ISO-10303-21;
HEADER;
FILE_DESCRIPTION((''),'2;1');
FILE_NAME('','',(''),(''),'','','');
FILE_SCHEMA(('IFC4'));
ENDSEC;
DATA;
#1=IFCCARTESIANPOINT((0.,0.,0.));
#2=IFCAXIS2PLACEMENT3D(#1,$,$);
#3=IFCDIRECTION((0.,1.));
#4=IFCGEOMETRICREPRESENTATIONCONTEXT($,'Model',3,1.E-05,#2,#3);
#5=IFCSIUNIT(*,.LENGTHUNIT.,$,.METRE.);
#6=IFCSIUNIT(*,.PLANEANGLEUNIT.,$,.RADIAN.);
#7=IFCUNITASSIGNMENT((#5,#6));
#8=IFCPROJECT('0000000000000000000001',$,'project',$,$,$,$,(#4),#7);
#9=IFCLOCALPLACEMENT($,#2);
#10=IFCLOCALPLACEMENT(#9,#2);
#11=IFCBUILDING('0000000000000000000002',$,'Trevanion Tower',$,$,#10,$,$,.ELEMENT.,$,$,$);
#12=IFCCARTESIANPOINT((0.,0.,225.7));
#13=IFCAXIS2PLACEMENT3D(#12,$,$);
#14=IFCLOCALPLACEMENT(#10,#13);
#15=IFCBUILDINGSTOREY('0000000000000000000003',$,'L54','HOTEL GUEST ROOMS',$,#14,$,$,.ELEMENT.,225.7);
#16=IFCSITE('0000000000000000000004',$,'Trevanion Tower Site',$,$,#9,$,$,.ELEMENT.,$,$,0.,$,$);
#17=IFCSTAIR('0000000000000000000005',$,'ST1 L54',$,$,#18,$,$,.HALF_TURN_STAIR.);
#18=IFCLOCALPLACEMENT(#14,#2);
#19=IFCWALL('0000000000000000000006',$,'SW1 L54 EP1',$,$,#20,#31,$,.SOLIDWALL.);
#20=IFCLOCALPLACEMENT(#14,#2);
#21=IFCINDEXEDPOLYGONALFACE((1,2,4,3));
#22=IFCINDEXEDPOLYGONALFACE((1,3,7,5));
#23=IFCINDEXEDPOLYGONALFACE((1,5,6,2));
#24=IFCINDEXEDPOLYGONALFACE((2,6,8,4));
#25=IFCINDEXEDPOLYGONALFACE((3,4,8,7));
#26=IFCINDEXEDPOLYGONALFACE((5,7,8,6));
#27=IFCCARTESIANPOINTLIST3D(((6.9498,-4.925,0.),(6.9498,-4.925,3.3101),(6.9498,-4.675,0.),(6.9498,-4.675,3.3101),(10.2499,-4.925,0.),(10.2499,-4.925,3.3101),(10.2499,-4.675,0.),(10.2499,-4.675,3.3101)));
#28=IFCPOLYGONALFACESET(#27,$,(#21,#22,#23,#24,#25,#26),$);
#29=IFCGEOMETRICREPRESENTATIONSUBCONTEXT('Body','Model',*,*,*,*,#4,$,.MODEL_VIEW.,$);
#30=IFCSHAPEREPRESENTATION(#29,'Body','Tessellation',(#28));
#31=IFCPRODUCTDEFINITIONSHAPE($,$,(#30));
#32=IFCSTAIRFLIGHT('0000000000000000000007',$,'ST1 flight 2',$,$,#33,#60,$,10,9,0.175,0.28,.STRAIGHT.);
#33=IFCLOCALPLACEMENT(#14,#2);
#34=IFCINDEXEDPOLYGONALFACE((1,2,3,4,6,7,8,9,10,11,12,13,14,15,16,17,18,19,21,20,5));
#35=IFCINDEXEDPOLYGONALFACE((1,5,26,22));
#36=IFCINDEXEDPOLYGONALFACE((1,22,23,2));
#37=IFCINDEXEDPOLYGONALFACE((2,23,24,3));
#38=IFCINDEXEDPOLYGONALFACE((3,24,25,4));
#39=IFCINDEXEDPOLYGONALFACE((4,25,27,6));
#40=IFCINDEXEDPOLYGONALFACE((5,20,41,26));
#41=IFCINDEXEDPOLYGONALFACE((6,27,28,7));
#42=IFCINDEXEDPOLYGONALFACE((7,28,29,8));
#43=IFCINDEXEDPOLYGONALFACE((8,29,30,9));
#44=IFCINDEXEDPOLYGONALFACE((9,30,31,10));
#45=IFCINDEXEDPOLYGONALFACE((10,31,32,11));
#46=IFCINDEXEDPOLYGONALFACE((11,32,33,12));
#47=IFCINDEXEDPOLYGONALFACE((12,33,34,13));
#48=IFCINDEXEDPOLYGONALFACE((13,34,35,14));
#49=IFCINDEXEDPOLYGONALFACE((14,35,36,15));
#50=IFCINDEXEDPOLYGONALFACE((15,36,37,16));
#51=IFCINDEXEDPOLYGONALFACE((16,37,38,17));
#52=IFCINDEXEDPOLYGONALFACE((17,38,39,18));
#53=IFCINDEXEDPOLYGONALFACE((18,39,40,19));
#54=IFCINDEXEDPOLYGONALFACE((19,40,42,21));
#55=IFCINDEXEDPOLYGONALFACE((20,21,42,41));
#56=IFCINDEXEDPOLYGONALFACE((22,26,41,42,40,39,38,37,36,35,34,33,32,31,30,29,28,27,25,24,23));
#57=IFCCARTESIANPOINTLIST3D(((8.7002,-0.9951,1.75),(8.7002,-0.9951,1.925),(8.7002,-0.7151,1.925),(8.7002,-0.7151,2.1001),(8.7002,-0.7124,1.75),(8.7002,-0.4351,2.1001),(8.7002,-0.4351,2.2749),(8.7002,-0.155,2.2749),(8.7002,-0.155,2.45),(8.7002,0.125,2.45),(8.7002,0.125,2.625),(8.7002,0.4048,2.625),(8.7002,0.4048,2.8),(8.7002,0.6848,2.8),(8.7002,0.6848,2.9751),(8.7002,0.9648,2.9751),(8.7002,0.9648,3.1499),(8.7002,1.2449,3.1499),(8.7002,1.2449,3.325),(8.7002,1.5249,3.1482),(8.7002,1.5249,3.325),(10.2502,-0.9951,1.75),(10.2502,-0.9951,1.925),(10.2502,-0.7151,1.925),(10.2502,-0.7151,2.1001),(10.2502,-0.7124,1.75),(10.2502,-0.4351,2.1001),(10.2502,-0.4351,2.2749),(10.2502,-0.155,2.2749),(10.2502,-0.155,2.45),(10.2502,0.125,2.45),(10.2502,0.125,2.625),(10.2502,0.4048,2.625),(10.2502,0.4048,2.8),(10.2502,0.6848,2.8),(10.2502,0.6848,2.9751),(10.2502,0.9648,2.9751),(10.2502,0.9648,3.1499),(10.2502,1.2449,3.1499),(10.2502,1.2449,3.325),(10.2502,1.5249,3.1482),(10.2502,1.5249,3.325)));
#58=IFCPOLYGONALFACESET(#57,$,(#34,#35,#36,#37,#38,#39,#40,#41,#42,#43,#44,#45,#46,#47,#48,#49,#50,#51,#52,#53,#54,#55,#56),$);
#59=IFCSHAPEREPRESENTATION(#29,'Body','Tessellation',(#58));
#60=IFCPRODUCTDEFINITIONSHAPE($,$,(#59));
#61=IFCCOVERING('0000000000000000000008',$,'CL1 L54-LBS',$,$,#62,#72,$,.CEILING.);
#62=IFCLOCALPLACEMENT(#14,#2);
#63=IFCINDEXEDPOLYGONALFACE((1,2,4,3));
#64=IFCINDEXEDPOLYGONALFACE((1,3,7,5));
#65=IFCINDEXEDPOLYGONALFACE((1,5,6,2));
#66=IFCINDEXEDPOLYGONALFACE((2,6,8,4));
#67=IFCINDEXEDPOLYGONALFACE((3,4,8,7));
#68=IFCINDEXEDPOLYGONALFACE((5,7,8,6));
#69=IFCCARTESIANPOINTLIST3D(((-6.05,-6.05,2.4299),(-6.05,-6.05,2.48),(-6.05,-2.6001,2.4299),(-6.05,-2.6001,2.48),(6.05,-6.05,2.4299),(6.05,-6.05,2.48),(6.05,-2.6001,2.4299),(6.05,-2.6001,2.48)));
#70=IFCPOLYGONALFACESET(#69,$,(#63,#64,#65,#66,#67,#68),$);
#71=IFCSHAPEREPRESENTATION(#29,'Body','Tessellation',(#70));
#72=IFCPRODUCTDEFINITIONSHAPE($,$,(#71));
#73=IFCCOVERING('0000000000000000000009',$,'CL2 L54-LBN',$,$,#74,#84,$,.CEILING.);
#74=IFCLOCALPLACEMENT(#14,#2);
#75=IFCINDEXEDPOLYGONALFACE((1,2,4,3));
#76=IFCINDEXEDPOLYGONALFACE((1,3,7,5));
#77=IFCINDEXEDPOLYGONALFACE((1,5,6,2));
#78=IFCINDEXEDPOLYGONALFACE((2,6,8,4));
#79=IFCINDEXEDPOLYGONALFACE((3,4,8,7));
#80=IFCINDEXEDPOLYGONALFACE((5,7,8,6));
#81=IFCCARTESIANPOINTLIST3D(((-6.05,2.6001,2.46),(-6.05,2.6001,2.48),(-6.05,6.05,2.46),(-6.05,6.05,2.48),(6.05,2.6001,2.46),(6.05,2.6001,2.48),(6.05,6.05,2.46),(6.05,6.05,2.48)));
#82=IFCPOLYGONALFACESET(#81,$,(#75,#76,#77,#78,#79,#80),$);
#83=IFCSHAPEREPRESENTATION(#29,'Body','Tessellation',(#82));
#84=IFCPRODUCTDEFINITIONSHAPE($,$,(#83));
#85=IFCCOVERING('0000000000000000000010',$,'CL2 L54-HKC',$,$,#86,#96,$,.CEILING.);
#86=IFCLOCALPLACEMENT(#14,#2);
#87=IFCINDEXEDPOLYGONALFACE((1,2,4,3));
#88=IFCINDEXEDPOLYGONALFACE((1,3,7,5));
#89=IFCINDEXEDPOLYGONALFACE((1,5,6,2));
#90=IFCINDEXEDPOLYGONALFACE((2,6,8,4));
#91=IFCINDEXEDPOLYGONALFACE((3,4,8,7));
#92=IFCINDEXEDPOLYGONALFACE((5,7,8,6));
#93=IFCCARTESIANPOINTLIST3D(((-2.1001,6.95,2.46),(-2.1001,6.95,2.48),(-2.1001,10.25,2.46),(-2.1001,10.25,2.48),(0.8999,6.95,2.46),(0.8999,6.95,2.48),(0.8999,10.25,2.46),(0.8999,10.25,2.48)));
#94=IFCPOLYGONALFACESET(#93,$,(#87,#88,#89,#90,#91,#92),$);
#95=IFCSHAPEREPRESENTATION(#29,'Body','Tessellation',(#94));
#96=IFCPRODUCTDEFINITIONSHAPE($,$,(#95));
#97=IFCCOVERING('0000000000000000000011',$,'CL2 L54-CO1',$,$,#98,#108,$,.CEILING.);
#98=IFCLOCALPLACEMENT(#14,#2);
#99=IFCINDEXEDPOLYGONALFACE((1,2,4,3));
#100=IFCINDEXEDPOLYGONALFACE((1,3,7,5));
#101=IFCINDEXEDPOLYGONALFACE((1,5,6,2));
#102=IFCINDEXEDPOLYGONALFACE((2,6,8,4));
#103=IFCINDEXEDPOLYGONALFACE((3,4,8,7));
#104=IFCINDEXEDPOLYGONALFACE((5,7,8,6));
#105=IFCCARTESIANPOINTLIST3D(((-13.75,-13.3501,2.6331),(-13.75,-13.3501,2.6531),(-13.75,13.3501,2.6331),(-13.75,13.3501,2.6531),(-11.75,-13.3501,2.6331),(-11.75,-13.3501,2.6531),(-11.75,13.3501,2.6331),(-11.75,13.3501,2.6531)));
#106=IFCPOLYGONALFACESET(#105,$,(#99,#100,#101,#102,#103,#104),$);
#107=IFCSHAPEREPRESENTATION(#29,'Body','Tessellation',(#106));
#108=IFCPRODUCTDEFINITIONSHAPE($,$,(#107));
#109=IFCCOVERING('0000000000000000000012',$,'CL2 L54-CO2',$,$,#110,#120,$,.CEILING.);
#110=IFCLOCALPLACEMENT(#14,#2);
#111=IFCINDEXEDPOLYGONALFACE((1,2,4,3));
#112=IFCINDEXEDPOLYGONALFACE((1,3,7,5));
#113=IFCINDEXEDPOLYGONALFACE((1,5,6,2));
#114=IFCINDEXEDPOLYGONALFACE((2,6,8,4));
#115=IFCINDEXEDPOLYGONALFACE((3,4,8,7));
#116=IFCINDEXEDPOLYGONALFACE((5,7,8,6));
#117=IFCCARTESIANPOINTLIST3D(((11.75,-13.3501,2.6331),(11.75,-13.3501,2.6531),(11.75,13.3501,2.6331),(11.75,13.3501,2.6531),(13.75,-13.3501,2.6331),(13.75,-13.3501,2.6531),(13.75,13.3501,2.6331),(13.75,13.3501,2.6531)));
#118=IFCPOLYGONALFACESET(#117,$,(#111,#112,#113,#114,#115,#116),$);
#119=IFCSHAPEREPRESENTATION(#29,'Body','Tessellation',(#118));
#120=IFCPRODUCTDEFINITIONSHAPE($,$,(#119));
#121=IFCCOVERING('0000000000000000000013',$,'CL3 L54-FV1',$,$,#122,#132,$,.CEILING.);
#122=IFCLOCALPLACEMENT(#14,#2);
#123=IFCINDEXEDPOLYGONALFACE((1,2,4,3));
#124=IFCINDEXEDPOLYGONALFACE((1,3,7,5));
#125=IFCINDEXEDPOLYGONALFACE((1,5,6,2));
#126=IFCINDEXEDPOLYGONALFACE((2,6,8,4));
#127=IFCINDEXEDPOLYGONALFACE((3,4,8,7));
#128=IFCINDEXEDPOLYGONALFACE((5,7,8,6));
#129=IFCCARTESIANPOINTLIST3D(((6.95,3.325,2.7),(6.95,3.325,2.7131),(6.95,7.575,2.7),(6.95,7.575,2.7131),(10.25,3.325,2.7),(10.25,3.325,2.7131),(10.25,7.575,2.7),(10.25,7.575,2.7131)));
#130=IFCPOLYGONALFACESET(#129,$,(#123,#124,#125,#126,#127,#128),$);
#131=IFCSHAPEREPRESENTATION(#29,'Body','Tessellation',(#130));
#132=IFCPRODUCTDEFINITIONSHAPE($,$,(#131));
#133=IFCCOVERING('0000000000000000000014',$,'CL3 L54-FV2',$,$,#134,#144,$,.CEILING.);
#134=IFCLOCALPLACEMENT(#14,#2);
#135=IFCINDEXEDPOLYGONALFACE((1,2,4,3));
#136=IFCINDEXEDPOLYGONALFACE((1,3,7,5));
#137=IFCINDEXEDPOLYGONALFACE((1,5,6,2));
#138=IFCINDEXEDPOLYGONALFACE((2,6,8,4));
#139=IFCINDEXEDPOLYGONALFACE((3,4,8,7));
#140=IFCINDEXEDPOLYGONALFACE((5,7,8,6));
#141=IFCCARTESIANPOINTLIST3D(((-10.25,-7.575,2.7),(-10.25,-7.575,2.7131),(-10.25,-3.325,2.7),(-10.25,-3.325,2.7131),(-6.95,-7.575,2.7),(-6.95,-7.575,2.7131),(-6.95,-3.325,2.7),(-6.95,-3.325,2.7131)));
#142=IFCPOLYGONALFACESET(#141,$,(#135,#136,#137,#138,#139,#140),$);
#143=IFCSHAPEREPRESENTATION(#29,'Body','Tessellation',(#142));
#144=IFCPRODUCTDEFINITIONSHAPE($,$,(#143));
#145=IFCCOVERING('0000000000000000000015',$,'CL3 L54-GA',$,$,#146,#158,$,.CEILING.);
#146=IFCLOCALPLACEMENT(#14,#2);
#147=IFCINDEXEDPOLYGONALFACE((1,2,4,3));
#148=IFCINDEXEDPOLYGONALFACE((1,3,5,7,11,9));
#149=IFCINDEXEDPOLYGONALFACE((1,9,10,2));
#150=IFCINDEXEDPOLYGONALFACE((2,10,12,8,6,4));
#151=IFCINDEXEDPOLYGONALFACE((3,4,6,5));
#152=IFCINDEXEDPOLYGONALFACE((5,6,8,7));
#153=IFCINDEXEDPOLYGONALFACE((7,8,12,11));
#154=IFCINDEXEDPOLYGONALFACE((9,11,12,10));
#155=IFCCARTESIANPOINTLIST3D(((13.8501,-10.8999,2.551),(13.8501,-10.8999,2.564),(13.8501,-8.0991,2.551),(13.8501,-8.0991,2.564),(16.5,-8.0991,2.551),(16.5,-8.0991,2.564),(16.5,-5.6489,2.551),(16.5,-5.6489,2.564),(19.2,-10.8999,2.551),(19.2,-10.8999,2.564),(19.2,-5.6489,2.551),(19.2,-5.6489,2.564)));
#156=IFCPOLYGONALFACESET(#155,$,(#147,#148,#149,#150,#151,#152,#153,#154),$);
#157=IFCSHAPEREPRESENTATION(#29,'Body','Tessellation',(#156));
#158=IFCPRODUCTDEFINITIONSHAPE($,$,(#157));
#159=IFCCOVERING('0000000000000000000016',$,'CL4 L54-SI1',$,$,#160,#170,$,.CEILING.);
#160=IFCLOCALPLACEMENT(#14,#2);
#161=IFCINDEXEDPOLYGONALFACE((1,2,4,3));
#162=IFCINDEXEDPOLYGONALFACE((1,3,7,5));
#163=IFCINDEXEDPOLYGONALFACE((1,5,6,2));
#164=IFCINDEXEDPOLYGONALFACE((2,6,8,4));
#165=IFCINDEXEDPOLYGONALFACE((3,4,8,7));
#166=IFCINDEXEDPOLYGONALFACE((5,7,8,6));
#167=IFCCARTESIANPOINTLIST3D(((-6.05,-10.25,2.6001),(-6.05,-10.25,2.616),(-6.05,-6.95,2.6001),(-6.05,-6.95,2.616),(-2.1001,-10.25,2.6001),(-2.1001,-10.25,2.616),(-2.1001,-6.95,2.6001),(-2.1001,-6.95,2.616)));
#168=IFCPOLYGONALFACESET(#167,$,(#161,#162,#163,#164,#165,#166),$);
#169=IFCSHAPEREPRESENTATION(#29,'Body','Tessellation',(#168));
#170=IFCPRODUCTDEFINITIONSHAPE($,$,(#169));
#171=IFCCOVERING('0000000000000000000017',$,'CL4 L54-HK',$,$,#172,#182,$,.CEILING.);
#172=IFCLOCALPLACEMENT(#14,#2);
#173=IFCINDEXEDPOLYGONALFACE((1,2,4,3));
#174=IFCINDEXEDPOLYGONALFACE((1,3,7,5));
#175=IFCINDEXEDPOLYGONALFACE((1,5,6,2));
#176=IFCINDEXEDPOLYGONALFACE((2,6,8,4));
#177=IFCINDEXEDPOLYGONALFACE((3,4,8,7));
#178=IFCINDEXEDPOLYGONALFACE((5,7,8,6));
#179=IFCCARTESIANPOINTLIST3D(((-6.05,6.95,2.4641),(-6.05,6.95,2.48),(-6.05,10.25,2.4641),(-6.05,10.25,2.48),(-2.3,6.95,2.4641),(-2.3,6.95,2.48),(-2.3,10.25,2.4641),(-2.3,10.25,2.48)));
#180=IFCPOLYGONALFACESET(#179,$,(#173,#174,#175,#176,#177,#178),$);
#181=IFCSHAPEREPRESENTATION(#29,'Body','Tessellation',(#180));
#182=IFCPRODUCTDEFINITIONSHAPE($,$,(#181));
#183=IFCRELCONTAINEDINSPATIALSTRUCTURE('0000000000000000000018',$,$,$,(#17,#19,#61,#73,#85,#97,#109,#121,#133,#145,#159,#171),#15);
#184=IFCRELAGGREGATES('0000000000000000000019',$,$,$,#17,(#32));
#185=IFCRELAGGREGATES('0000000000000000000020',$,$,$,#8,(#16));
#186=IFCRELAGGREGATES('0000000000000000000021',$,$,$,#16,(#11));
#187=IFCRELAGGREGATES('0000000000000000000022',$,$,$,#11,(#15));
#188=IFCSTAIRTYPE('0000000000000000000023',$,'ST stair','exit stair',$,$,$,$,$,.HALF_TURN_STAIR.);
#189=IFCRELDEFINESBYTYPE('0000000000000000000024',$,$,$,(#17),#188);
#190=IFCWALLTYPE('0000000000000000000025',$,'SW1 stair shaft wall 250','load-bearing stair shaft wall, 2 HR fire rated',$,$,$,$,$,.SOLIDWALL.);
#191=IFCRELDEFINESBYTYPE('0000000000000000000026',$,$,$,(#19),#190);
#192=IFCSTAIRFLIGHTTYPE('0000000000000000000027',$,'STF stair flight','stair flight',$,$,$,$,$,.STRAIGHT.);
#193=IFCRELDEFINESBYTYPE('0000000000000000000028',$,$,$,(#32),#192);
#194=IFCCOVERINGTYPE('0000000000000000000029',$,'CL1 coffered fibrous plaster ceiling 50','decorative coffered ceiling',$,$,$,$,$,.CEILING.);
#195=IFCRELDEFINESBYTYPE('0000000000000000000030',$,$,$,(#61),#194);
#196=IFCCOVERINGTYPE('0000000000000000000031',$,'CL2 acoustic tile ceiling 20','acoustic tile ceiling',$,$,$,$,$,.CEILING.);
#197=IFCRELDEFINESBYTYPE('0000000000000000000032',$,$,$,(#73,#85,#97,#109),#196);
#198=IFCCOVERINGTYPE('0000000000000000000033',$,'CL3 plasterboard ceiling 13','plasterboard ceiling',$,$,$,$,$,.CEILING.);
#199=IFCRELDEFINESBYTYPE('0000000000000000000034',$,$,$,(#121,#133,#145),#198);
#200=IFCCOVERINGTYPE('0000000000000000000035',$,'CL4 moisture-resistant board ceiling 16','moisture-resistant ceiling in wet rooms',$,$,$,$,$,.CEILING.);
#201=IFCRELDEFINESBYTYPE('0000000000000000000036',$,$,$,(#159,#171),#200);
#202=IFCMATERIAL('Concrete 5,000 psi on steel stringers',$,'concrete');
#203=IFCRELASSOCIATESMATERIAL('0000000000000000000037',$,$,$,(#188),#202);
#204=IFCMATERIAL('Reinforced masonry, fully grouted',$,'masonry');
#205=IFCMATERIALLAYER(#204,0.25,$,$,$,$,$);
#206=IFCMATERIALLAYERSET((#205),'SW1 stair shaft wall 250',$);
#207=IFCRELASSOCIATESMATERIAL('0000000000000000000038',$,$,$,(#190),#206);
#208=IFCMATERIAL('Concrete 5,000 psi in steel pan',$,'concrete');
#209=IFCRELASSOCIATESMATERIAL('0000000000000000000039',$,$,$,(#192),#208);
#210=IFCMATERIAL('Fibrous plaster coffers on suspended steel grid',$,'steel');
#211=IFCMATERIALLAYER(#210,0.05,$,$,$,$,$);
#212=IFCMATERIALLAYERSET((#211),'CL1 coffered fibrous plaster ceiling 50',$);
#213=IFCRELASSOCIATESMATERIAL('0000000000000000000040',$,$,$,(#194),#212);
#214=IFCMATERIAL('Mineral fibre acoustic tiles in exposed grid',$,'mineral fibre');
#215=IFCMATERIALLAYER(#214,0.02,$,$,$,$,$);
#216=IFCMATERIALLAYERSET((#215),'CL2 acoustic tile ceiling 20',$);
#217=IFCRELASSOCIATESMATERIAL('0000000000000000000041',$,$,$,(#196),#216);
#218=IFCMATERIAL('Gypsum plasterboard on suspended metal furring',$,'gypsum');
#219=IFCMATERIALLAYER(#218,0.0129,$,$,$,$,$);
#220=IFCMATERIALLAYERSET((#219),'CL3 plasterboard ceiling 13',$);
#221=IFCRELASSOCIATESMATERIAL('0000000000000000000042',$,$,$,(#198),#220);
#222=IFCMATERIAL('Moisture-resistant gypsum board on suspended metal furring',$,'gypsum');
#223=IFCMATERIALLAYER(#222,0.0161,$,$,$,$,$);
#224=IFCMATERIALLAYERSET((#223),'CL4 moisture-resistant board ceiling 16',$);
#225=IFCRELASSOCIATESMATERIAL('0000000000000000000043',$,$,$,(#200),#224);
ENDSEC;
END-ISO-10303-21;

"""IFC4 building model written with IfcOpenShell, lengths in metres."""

from ifc_helpers import new_model, si_unit, direction, frame, frame_2d, origin, place, context, subcontext, project, spatial, polyline, rectangle, outline, extrude, material, layer, layer_set, type_object, element, aggregate, save


model = new_model("IFC4")

# Units and contexts
model_context = context("Model", 3, precision=1e-05, world=origin(), true_north=direction((0.0, 1.0)))
body_context = subcontext(model_context, "Body", "Model", "MODEL_VIEW")
ifc_project = project(units=[si_unit("LENGTHUNIT", "METRE"), si_unit("PLANEANGLEUNIT", "RADIAN")], contexts=[model_context])

# Site, building, storey
site_placement = place(None, origin())
site = spatial("IfcSite", under=ifc_project, at=site_placement, Name="Trevanion Tower Site", CompositionType="ELEMENT", RefElevation=0.0)
building_placement = place(site_placement, origin())
building = spatial("IfcBuilding", under=site, at=building_placement, Name="Trevanion Tower", CompositionType="ELEMENT")
storey_placement = place(building_placement, frame((0.0, 0.0, 225.7)))
storey = spatial("IfcBuildingStorey", under=building, at=storey_placement, Name="L54", Description="HOTEL GUEST ROOMS", CompositionType="ELEMENT", Elevation=225.7)

# Stair
ifc_material_1 = material(Name="Concrete 5,000 psi on steel stringers", Category="concrete")
stair_type = type_object("IfcStairType", Name="ST stair", Description="exit stair", PredefinedType="HALF_TURN_STAIR", material=ifc_material_1)
stair_1_placement = place(storey_placement, origin())
stair_1 = element("IfcStair", 1, at=stair_1_placement, inside=storey, type_object=stair_type, Name="ST1 L54", PredefinedType="HALF_TURN_STAIR")

# Wall
ifc_material_2 = material(Name="Reinforced masonry, fully grouted", Category="masonry")
ifc_layer_1 = layer(ifc_material_2, 0.25)
ifc_layer_set_1 = layer_set([ifc_layer_1], Name="SW1 stair shaft wall 250")
wall_type_1 = type_object("IfcWallType", Name="SW1 stair shaft wall 250", Description="load-bearing stair shaft wall, 2 HR fire rated", PredefinedType="SOLIDWALL", material=ifc_layer_set_1)
wall_1_placement = place(storey_placement, frame((6.95, -4.8, 0.0), z_axis=(0.0, 0.0, 1.0), x_axis=(1.0, 0.0, 0.0)))
element("IfcWall", 2, at=wall_1_placement, inside=storey, type_object=wall_type_1, Name="SW1 L54 EP1", PredefinedType="SOLIDWALL", context=body_context, shape_type="SweptSolid", body=[
    extrude(rectangle(XDim=3.3, YDim=0.25, at=frame_2d((1.6499, 0.0))), origin(), (0.0, 0.0, 1.0), 3.3101),
])

# Stair flight
ifc_material_3 = material(Name="Concrete 5,000 psi in steel pan", Category="concrete")
stair_flight_type = type_object("IfcStairFlightType", Name="STF stair flight", Description="stair flight", PredefinedType="STRAIGHT", material=ifc_material_3)
stair_flight_placement = place(storey_placement, frame((9.4751, -0.9951, 1.75), z_axis=(0.0, 0.0, 1.0), x_axis=(0.0, 1.0, 0.0)))
stair_flight = element("IfcStairFlight", 3, at=stair_flight_placement, type_object=stair_flight_type, Name="ST1 flight 2", NumberOfRisers=10, NumberOfTreads=9, PredefinedType="STRAIGHT", RiserHeight=0.175, TreadLength=0.28, context=body_context, shape_type="SweptSolid", body=[
    extrude(outline(polyline([(0.0, 0.0), (0.0, 0.175), (0.28, 0.175), (0.28, 0.3501), (0.5601, 0.3501), (0.5601, 0.5249), (0.8401, 0.5249), (0.8401, 0.7), (1.1201, 0.7), (1.1201, 0.875), (1.3999, 0.875), (1.3999, 1.05), (1.6799, 1.05), (1.6799, 1.2251), (1.96, 1.2251), (1.96, 1.3999), (2.24, 1.3999), (2.24, 1.575), (2.52, 1.575), (2.52, 1.75), (2.52, 1.3982), (0.2827, 0.0), (0.0, 0.0)])), frame((0.0, 0.7749, 0.0), z_axis=(0.0, -1.0, 0.0), x_axis=(1.0, 0.0, 0.0)), (0.0, 0.0, 1.0), 1.55),
])
aggregate(stair_1, [stair_flight])

# Coverings
ifc_material_4 = material(Name="Fibrous plaster coffers on suspended steel grid", Category="steel")
ifc_layer_2 = layer(ifc_material_4, 0.05)
ifc_layer_set_2 = layer_set([ifc_layer_2], Name="CL1 coffered fibrous plaster ceiling 50")
covering_type_1 = type_object("IfcCoveringType", Name="CL1 coffered fibrous plaster ceiling 50", Description="decorative coffered ceiling", PredefinedType="CEILING", material=ifc_layer_set_2)
covering_1_placement = place(storey_placement, frame((0.0, 0.0, 2.4299)))
element("IfcCovering", 4, at=covering_1_placement, inside=storey, type_object=covering_type_1, Name="CL1 L54-LBS", PredefinedType="CEILING", context=body_context, shape_type="SweptSolid", body=[
    extrude(outline(polyline([(6.05, -6.05), (6.05, -2.6001), (-6.05, -2.6001), (-6.05, -6.05), (6.05, -6.05)])), origin(), (0.0, 0.0, 1.0), 0.05),
])
ifc_material_5 = material(Name="Mineral fibre acoustic tiles in exposed grid", Category="mineral fibre")
ifc_layer_3 = layer(ifc_material_5, 0.02)
ifc_layer_set_3 = layer_set([ifc_layer_3], Name="CL2 acoustic tile ceiling 20")
covering_type_2 = type_object("IfcCoveringType", Name="CL2 acoustic tile ceiling 20", Description="acoustic tile ceiling", PredefinedType="CEILING", material=ifc_layer_set_3)
covering_2_placement = place(storey_placement, frame((0.0, 0.0, 2.46)))
element("IfcCovering", 5, at=covering_2_placement, inside=storey, type_object=covering_type_2, Name="CL2 L54-LBN", PredefinedType="CEILING", context=body_context, shape_type="SweptSolid", body=[
    extrude(outline(polyline([(6.05, 2.6001), (6.05, 6.05), (-6.05, 6.05), (-6.05, 2.6001), (6.05, 2.6001)])), origin(), (0.0, 0.0, 1.0), 0.02),
])
covering_3_placement = place(storey_placement, frame((0.0, 0.0, 2.46)))
element("IfcCovering", 6, at=covering_3_placement, inside=storey, type_object=covering_type_2, Name="CL2 L54-HKC", PredefinedType="CEILING", context=body_context, shape_type="SweptSolid", body=[
    extrude(outline(polyline([(0.8999, 6.95), (0.8999, 10.25), (-2.1001, 10.25), (-2.1001, 6.95), (0.8999, 6.95)])), origin(), (0.0, 0.0, 1.0), 0.02),
])
covering_4_placement = place(storey_placement, frame((0.0, 0.0, 2.6331)))
element("IfcCovering", 7, at=covering_4_placement, inside=storey, type_object=covering_type_2, Name="CL2 L54-CO1", PredefinedType="CEILING", context=body_context, shape_type="SweptSolid", body=[
    extrude(outline(polyline([(-11.75, 13.3501), (-11.75, -13.3501), (-13.75, -13.3501), (-13.75, 13.3501), (-11.75, 13.3501)])), origin(), (0.0, 0.0, 1.0), 0.02),
])
covering_5_placement = place(storey_placement, frame((0.0, 0.0, 2.6331)))
element("IfcCovering", 8, at=covering_5_placement, inside=storey, type_object=covering_type_2, Name="CL2 L54-CO2", PredefinedType="CEILING", context=body_context, shape_type="SweptSolid", body=[
    extrude(outline(polyline([(11.75, -13.3501), (11.75, 13.3501), (13.75, 13.3501), (13.75, -13.3501), (11.75, -13.3501)])), origin(), (0.0, 0.0, 1.0), 0.02),
])
ifc_material_6 = material(Name="Gypsum plasterboard on suspended metal furring", Category="gypsum")
ifc_layer_4 = layer(ifc_material_6, 0.0129)
ifc_layer_set_4 = layer_set([ifc_layer_4], Name="CL3 plasterboard ceiling 13")
covering_type_3 = type_object("IfcCoveringType", Name="CL3 plasterboard ceiling 13", Description="plasterboard ceiling", PredefinedType="CEILING", material=ifc_layer_set_4)
covering_6_placement = place(storey_placement, frame((0.0, 0.0, 2.7)))
element("IfcCovering", 9, at=covering_6_placement, inside=storey, type_object=covering_type_3, Name="CL3 L54-FV1", PredefinedType="CEILING", context=body_context, shape_type="SweptSolid", body=[
    extrude(outline(polyline([(10.25, 3.325), (10.25, 7.575), (6.95, 7.575), (6.95, 3.325), (10.25, 3.325)])), origin(), (0.0, 0.0, 1.0), 0.0132),
])
covering_7_placement = place(storey_placement, frame((0.0, 0.0, 2.7)))
element("IfcCovering", 10, at=covering_7_placement, inside=storey, type_object=covering_type_3, Name="CL3 L54-FV2", PredefinedType="CEILING", context=body_context, shape_type="SweptSolid", body=[
    extrude(outline(polyline([(-10.25, -3.325), (-10.25, -7.575), (-6.95, -7.575), (-6.95, -3.325), (-10.25, -3.325)])), origin(), (0.0, 0.0, 1.0), 0.0132),
])
covering_8_placement = place(storey_placement, frame((0.0, 0.0, 2.551)))
element("IfcCovering", 11, at=covering_8_placement, inside=storey, type_object=covering_type_3, Name="CL3 L54-GA", PredefinedType="CEILING", context=body_context, shape_type="SweptSolid", body=[
    extrude(outline(polyline([(13.8501, -8.0991), (16.5, -8.0991), (16.5, -5.6489), (19.2, -5.6489), (19.2, -10.8999), (13.8501, -10.8999), (13.8501, -8.0991)])), origin(), (0.0, 0.0, 1.0), 0.0129),
])
ifc_material_7 = material(Name="Moisture-resistant gypsum board on suspended metal furring", Category="gypsum")
ifc_layer_5 = layer(ifc_material_7, 0.0161)
ifc_layer_set_5 = layer_set([ifc_layer_5], Name="CL4 moisture-resistant board ceiling 16")
covering_type_4 = type_object("IfcCoveringType", Name="CL4 moisture-resistant board ceiling 16", Description="moisture-resistant ceiling in wet rooms", PredefinedType="CEILING", material=ifc_layer_set_5)
covering_9_placement = place(storey_placement, frame((0.0, 0.0, 2.6001)))
element("IfcCovering", 12, at=covering_9_placement, inside=storey, type_object=covering_type_4, Name="CL4 L54-SI1", PredefinedType="CEILING", context=body_context, shape_type="SweptSolid", body=[
    extrude(outline(polyline([(-2.1001, -10.25), (-2.1001, -6.95), (-6.05, -6.95), (-6.05, -10.25), (-2.1001, -10.25)])), origin(), (0.0, 0.0, 1.0), 0.0159),
])
covering_10_placement = place(storey_placement, frame((0.0, 0.0, 2.4641)))
element("IfcCovering", 13, at=covering_10_placement, inside=storey, type_object=covering_type_4, Name="CL4 L54-HK", PredefinedType="CEILING", context=body_context, shape_type="SweptSolid", body=[
    extrude(outline(polyline([(-2.3, 6.95), (-2.3, 10.25), (-6.05, 10.25), (-6.05, 6.95), (-2.3, 6.95)])), origin(), (0.0, 0.0, 1.0), 0.0159),
])

save(model, "model.ifc")
